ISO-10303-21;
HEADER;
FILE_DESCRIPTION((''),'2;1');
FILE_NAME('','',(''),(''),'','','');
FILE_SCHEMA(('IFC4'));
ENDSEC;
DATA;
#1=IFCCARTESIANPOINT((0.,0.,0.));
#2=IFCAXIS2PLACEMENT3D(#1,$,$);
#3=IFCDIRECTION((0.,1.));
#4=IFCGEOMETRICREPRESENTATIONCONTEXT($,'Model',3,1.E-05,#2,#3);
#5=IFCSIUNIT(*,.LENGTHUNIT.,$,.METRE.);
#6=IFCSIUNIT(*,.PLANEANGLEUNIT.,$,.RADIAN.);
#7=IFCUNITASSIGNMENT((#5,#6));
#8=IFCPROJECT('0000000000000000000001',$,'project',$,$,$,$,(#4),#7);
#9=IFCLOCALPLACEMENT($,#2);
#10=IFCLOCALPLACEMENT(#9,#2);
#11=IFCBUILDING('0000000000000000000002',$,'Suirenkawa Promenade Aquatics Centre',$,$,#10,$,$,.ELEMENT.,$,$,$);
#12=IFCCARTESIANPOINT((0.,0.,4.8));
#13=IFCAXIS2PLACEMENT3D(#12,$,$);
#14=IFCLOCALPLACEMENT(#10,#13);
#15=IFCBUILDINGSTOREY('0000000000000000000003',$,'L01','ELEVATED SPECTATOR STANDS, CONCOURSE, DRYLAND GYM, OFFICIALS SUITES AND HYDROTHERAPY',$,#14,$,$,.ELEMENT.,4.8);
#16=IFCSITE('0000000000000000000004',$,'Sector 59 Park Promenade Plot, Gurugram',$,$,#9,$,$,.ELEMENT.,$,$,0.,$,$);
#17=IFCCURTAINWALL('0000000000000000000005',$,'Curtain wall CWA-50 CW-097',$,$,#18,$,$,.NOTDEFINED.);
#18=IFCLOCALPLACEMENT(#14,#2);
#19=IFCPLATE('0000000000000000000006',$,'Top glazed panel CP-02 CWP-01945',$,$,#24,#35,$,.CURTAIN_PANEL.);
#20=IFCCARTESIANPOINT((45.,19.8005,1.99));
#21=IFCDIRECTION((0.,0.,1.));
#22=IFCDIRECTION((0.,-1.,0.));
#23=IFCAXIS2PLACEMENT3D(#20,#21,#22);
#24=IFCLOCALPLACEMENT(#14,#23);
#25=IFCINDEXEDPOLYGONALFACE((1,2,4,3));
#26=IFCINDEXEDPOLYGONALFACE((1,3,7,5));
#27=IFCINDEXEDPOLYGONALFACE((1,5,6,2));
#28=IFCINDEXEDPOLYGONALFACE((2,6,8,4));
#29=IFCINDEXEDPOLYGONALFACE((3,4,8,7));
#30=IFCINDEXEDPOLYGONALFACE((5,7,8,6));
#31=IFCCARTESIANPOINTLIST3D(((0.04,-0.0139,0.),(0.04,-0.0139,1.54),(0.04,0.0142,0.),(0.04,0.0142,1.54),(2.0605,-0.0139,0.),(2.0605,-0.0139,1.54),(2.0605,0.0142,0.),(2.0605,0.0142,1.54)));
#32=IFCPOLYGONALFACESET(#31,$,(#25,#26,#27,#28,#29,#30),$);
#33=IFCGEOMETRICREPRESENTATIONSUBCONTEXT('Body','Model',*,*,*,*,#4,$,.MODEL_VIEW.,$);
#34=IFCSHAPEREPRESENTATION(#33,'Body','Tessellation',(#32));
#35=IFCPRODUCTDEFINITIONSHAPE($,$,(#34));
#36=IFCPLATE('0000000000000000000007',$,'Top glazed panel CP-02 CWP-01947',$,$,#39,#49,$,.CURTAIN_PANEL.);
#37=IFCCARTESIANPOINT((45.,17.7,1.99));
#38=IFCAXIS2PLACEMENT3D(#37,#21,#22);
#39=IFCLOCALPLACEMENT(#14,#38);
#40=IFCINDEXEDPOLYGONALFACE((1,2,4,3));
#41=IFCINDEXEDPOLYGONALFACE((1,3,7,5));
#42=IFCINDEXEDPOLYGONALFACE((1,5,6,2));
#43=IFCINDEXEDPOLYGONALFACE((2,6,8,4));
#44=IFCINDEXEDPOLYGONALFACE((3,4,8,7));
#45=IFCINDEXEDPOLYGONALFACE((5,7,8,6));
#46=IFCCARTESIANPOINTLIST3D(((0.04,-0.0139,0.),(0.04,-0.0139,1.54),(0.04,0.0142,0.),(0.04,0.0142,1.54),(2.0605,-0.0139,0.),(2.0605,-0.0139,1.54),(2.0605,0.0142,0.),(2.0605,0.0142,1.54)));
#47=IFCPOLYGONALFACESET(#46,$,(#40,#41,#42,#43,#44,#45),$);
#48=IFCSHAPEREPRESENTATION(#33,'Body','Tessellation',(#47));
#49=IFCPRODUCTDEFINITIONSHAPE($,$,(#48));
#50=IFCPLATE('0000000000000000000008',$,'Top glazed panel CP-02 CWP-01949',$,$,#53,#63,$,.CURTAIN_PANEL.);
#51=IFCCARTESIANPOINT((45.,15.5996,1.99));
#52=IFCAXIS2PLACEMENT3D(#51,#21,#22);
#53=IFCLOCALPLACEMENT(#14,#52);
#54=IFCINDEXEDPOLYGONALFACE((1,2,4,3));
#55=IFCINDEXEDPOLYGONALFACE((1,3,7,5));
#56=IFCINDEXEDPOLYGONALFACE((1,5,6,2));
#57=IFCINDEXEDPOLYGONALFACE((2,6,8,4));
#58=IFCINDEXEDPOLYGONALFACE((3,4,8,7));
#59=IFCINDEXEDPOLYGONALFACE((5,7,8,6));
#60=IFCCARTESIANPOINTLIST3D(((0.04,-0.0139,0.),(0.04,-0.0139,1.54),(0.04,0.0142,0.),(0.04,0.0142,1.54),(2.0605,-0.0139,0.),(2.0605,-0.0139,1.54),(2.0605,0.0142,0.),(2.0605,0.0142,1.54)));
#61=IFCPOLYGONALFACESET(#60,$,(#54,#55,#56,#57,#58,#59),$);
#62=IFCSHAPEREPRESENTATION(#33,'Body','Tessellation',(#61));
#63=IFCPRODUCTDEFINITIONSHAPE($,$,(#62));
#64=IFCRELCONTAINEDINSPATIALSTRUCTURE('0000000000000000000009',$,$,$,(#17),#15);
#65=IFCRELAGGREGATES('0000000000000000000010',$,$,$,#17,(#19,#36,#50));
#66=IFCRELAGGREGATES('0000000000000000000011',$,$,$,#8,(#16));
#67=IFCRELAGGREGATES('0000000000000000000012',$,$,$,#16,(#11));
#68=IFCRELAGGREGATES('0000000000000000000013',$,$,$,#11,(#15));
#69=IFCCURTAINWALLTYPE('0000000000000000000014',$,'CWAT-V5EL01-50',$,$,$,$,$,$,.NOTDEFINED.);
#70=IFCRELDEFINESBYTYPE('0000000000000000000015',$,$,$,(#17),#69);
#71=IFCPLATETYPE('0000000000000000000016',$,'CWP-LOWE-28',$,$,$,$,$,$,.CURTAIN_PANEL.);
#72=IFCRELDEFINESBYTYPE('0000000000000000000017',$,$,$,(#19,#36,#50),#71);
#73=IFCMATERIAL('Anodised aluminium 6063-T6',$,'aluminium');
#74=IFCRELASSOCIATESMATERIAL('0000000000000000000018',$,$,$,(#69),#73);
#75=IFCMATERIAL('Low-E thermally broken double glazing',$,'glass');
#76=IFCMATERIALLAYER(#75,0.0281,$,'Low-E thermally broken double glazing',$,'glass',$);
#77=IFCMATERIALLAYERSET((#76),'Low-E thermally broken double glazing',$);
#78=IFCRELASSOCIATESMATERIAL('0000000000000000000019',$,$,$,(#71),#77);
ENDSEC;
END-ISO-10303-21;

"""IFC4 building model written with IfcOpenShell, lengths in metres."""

from ifc_helpers import new_model, si_unit, direction, frame, origin, place, context, subcontext, project, spatial, polyline, outline, extrude, material, layer, layer_set, type_object, element, aggregate, save


model = new_model("IFC4")

# Units and contexts
model_context = context("Model", 3, precision=1e-05, world=origin(), true_north=direction((0.0, 1.0)))
body_context = subcontext(model_context, "Body", "Model", "MODEL_VIEW")
ifc_project = project(units=[si_unit("LENGTHUNIT", "METRE"), si_unit("PLANEANGLEUNIT", "RADIAN")], contexts=[model_context])

# Site, building, storey
site_placement = place(None, origin())
site = spatial("IfcSite", under=ifc_project, at=site_placement, Name="Sector 59 Park Promenade Plot, Gurugram", CompositionType="ELEMENT", RefElevation=0.0)
building_placement = place(site_placement, origin())
building = spatial("IfcBuilding", under=site, at=building_placement, Name="Suirenkawa Promenade Aquatics Centre", CompositionType="ELEMENT")
storey_placement = place(building_placement, frame((0.0, 0.0, 4.8)))
storey = spatial("IfcBuildingStorey", under=building, at=storey_placement, Name="L01", Description="ELEVATED SPECTATOR STANDS, CONCOURSE, DRYLAND GYM, OFFICIALS SUITES AND HYDROTHERAPY", CompositionType="ELEMENT", Elevation=4.8)

# Curtain wall, plates
ifc_material_1 = material(Name="Anodised aluminium 6063-T6", Category="aluminium")
curtain_wall_type = type_object("IfcCurtainWallType", Name="CWAT-V5EL01-50", PredefinedType="NOTDEFINED", material=ifc_material_1)
curtain_wall_placement = place(storey_placement, origin())
curtain_wall = element("IfcCurtainWall", 1, at=curtain_wall_placement, inside=storey, type_object=curtain_wall_type, Name="Curtain wall CWA-50 CW-097", PredefinedType="NOTDEFINED")
ifc_material_2 = material(Name="Low-E thermally broken double glazing", Category="glass")
ifc_layer_1 = layer(ifc_material_2, 0.0281, Name="Low-E thermally broken double glazing", Category="glass")
ifc_layer_set_1 = layer_set([ifc_layer_1], Name="Low-E thermally broken double glazing")
plate_type = type_object("IfcPlateType", Name="CWP-LOWE-28", PredefinedType="CURTAIN_PANEL", material=ifc_layer_set_1)
plate_1_placement = place(storey_placement, frame((45.0, 19.8005, 1.99), z_axis=(0.0, 0.0, 1.0), x_axis=(0.0, -1.0, 0.0)))
plate_1 = element("IfcPlate", 2, at=plate_1_placement, type_object=plate_type, Name="Top glazed panel CP-02 CWP-01945", PredefinedType="CURTAIN_PANEL", context=body_context, shape_type="SweptSolid", body=[
    extrude(outline(polyline([(0.04, 0.0), (2.0605, 0.0), (2.0605, 1.54), (0.04, 1.54), (0.04, 0.0)])), frame((0.0, 0.0142, 0.0), z_axis=(0.0, -1.0, 0.0), x_axis=(1.0, 0.0, 0.0)), (0.0, 0.0, 1.0), 0.0281),
])
plate_2_placement = place(storey_placement, frame((45.0, 17.7, 1.99), z_axis=(0.0, 0.0, 1.0), x_axis=(0.0, -1.0, 0.0)))
plate_2 = element("IfcPlate", 3, at=plate_2_placement, type_object=plate_type, Name="Top glazed panel CP-02 CWP-01947", PredefinedType="CURTAIN_PANEL", context=body_context, shape_type="SweptSolid", body=[
    extrude(outline(polyline([(0.04, 0.0), (2.0605, 0.0), (2.0605, 1.54), (0.04, 1.54), (0.04, 0.0)])), frame((0.0, 0.0142, 0.0), z_axis=(0.0, -1.0, 0.0), x_axis=(1.0, 0.0, 0.0)), (0.0, 0.0, 1.0), 0.0281),
])
plate_3_placement = place(storey_placement, frame((45.0, 15.5996, 1.99), z_axis=(0.0, 0.0, 1.0), x_axis=(0.0, -1.0, 0.0)))
plate_3 = element("IfcPlate", 4, at=plate_3_placement, type_object=plate_type, Name="Top glazed panel CP-02 CWP-01949", PredefinedType="CURTAIN_PANEL", context=body_context, shape_type="SweptSolid", body=[
    extrude(outline(polyline([(0.04, 0.0), (2.0605, 0.0), (2.0605, 1.54), (0.04, 1.54), (0.04, 0.0)])), frame((0.0, 0.0142, 0.0), z_axis=(0.0, -1.0, 0.0), x_axis=(1.0, 0.0, 0.0)), (0.0, 0.0, 1.0), 0.0281),
])
aggregate(curtain_wall, [plate_1, plate_2, plate_3])

save(model, "model.ifc")
